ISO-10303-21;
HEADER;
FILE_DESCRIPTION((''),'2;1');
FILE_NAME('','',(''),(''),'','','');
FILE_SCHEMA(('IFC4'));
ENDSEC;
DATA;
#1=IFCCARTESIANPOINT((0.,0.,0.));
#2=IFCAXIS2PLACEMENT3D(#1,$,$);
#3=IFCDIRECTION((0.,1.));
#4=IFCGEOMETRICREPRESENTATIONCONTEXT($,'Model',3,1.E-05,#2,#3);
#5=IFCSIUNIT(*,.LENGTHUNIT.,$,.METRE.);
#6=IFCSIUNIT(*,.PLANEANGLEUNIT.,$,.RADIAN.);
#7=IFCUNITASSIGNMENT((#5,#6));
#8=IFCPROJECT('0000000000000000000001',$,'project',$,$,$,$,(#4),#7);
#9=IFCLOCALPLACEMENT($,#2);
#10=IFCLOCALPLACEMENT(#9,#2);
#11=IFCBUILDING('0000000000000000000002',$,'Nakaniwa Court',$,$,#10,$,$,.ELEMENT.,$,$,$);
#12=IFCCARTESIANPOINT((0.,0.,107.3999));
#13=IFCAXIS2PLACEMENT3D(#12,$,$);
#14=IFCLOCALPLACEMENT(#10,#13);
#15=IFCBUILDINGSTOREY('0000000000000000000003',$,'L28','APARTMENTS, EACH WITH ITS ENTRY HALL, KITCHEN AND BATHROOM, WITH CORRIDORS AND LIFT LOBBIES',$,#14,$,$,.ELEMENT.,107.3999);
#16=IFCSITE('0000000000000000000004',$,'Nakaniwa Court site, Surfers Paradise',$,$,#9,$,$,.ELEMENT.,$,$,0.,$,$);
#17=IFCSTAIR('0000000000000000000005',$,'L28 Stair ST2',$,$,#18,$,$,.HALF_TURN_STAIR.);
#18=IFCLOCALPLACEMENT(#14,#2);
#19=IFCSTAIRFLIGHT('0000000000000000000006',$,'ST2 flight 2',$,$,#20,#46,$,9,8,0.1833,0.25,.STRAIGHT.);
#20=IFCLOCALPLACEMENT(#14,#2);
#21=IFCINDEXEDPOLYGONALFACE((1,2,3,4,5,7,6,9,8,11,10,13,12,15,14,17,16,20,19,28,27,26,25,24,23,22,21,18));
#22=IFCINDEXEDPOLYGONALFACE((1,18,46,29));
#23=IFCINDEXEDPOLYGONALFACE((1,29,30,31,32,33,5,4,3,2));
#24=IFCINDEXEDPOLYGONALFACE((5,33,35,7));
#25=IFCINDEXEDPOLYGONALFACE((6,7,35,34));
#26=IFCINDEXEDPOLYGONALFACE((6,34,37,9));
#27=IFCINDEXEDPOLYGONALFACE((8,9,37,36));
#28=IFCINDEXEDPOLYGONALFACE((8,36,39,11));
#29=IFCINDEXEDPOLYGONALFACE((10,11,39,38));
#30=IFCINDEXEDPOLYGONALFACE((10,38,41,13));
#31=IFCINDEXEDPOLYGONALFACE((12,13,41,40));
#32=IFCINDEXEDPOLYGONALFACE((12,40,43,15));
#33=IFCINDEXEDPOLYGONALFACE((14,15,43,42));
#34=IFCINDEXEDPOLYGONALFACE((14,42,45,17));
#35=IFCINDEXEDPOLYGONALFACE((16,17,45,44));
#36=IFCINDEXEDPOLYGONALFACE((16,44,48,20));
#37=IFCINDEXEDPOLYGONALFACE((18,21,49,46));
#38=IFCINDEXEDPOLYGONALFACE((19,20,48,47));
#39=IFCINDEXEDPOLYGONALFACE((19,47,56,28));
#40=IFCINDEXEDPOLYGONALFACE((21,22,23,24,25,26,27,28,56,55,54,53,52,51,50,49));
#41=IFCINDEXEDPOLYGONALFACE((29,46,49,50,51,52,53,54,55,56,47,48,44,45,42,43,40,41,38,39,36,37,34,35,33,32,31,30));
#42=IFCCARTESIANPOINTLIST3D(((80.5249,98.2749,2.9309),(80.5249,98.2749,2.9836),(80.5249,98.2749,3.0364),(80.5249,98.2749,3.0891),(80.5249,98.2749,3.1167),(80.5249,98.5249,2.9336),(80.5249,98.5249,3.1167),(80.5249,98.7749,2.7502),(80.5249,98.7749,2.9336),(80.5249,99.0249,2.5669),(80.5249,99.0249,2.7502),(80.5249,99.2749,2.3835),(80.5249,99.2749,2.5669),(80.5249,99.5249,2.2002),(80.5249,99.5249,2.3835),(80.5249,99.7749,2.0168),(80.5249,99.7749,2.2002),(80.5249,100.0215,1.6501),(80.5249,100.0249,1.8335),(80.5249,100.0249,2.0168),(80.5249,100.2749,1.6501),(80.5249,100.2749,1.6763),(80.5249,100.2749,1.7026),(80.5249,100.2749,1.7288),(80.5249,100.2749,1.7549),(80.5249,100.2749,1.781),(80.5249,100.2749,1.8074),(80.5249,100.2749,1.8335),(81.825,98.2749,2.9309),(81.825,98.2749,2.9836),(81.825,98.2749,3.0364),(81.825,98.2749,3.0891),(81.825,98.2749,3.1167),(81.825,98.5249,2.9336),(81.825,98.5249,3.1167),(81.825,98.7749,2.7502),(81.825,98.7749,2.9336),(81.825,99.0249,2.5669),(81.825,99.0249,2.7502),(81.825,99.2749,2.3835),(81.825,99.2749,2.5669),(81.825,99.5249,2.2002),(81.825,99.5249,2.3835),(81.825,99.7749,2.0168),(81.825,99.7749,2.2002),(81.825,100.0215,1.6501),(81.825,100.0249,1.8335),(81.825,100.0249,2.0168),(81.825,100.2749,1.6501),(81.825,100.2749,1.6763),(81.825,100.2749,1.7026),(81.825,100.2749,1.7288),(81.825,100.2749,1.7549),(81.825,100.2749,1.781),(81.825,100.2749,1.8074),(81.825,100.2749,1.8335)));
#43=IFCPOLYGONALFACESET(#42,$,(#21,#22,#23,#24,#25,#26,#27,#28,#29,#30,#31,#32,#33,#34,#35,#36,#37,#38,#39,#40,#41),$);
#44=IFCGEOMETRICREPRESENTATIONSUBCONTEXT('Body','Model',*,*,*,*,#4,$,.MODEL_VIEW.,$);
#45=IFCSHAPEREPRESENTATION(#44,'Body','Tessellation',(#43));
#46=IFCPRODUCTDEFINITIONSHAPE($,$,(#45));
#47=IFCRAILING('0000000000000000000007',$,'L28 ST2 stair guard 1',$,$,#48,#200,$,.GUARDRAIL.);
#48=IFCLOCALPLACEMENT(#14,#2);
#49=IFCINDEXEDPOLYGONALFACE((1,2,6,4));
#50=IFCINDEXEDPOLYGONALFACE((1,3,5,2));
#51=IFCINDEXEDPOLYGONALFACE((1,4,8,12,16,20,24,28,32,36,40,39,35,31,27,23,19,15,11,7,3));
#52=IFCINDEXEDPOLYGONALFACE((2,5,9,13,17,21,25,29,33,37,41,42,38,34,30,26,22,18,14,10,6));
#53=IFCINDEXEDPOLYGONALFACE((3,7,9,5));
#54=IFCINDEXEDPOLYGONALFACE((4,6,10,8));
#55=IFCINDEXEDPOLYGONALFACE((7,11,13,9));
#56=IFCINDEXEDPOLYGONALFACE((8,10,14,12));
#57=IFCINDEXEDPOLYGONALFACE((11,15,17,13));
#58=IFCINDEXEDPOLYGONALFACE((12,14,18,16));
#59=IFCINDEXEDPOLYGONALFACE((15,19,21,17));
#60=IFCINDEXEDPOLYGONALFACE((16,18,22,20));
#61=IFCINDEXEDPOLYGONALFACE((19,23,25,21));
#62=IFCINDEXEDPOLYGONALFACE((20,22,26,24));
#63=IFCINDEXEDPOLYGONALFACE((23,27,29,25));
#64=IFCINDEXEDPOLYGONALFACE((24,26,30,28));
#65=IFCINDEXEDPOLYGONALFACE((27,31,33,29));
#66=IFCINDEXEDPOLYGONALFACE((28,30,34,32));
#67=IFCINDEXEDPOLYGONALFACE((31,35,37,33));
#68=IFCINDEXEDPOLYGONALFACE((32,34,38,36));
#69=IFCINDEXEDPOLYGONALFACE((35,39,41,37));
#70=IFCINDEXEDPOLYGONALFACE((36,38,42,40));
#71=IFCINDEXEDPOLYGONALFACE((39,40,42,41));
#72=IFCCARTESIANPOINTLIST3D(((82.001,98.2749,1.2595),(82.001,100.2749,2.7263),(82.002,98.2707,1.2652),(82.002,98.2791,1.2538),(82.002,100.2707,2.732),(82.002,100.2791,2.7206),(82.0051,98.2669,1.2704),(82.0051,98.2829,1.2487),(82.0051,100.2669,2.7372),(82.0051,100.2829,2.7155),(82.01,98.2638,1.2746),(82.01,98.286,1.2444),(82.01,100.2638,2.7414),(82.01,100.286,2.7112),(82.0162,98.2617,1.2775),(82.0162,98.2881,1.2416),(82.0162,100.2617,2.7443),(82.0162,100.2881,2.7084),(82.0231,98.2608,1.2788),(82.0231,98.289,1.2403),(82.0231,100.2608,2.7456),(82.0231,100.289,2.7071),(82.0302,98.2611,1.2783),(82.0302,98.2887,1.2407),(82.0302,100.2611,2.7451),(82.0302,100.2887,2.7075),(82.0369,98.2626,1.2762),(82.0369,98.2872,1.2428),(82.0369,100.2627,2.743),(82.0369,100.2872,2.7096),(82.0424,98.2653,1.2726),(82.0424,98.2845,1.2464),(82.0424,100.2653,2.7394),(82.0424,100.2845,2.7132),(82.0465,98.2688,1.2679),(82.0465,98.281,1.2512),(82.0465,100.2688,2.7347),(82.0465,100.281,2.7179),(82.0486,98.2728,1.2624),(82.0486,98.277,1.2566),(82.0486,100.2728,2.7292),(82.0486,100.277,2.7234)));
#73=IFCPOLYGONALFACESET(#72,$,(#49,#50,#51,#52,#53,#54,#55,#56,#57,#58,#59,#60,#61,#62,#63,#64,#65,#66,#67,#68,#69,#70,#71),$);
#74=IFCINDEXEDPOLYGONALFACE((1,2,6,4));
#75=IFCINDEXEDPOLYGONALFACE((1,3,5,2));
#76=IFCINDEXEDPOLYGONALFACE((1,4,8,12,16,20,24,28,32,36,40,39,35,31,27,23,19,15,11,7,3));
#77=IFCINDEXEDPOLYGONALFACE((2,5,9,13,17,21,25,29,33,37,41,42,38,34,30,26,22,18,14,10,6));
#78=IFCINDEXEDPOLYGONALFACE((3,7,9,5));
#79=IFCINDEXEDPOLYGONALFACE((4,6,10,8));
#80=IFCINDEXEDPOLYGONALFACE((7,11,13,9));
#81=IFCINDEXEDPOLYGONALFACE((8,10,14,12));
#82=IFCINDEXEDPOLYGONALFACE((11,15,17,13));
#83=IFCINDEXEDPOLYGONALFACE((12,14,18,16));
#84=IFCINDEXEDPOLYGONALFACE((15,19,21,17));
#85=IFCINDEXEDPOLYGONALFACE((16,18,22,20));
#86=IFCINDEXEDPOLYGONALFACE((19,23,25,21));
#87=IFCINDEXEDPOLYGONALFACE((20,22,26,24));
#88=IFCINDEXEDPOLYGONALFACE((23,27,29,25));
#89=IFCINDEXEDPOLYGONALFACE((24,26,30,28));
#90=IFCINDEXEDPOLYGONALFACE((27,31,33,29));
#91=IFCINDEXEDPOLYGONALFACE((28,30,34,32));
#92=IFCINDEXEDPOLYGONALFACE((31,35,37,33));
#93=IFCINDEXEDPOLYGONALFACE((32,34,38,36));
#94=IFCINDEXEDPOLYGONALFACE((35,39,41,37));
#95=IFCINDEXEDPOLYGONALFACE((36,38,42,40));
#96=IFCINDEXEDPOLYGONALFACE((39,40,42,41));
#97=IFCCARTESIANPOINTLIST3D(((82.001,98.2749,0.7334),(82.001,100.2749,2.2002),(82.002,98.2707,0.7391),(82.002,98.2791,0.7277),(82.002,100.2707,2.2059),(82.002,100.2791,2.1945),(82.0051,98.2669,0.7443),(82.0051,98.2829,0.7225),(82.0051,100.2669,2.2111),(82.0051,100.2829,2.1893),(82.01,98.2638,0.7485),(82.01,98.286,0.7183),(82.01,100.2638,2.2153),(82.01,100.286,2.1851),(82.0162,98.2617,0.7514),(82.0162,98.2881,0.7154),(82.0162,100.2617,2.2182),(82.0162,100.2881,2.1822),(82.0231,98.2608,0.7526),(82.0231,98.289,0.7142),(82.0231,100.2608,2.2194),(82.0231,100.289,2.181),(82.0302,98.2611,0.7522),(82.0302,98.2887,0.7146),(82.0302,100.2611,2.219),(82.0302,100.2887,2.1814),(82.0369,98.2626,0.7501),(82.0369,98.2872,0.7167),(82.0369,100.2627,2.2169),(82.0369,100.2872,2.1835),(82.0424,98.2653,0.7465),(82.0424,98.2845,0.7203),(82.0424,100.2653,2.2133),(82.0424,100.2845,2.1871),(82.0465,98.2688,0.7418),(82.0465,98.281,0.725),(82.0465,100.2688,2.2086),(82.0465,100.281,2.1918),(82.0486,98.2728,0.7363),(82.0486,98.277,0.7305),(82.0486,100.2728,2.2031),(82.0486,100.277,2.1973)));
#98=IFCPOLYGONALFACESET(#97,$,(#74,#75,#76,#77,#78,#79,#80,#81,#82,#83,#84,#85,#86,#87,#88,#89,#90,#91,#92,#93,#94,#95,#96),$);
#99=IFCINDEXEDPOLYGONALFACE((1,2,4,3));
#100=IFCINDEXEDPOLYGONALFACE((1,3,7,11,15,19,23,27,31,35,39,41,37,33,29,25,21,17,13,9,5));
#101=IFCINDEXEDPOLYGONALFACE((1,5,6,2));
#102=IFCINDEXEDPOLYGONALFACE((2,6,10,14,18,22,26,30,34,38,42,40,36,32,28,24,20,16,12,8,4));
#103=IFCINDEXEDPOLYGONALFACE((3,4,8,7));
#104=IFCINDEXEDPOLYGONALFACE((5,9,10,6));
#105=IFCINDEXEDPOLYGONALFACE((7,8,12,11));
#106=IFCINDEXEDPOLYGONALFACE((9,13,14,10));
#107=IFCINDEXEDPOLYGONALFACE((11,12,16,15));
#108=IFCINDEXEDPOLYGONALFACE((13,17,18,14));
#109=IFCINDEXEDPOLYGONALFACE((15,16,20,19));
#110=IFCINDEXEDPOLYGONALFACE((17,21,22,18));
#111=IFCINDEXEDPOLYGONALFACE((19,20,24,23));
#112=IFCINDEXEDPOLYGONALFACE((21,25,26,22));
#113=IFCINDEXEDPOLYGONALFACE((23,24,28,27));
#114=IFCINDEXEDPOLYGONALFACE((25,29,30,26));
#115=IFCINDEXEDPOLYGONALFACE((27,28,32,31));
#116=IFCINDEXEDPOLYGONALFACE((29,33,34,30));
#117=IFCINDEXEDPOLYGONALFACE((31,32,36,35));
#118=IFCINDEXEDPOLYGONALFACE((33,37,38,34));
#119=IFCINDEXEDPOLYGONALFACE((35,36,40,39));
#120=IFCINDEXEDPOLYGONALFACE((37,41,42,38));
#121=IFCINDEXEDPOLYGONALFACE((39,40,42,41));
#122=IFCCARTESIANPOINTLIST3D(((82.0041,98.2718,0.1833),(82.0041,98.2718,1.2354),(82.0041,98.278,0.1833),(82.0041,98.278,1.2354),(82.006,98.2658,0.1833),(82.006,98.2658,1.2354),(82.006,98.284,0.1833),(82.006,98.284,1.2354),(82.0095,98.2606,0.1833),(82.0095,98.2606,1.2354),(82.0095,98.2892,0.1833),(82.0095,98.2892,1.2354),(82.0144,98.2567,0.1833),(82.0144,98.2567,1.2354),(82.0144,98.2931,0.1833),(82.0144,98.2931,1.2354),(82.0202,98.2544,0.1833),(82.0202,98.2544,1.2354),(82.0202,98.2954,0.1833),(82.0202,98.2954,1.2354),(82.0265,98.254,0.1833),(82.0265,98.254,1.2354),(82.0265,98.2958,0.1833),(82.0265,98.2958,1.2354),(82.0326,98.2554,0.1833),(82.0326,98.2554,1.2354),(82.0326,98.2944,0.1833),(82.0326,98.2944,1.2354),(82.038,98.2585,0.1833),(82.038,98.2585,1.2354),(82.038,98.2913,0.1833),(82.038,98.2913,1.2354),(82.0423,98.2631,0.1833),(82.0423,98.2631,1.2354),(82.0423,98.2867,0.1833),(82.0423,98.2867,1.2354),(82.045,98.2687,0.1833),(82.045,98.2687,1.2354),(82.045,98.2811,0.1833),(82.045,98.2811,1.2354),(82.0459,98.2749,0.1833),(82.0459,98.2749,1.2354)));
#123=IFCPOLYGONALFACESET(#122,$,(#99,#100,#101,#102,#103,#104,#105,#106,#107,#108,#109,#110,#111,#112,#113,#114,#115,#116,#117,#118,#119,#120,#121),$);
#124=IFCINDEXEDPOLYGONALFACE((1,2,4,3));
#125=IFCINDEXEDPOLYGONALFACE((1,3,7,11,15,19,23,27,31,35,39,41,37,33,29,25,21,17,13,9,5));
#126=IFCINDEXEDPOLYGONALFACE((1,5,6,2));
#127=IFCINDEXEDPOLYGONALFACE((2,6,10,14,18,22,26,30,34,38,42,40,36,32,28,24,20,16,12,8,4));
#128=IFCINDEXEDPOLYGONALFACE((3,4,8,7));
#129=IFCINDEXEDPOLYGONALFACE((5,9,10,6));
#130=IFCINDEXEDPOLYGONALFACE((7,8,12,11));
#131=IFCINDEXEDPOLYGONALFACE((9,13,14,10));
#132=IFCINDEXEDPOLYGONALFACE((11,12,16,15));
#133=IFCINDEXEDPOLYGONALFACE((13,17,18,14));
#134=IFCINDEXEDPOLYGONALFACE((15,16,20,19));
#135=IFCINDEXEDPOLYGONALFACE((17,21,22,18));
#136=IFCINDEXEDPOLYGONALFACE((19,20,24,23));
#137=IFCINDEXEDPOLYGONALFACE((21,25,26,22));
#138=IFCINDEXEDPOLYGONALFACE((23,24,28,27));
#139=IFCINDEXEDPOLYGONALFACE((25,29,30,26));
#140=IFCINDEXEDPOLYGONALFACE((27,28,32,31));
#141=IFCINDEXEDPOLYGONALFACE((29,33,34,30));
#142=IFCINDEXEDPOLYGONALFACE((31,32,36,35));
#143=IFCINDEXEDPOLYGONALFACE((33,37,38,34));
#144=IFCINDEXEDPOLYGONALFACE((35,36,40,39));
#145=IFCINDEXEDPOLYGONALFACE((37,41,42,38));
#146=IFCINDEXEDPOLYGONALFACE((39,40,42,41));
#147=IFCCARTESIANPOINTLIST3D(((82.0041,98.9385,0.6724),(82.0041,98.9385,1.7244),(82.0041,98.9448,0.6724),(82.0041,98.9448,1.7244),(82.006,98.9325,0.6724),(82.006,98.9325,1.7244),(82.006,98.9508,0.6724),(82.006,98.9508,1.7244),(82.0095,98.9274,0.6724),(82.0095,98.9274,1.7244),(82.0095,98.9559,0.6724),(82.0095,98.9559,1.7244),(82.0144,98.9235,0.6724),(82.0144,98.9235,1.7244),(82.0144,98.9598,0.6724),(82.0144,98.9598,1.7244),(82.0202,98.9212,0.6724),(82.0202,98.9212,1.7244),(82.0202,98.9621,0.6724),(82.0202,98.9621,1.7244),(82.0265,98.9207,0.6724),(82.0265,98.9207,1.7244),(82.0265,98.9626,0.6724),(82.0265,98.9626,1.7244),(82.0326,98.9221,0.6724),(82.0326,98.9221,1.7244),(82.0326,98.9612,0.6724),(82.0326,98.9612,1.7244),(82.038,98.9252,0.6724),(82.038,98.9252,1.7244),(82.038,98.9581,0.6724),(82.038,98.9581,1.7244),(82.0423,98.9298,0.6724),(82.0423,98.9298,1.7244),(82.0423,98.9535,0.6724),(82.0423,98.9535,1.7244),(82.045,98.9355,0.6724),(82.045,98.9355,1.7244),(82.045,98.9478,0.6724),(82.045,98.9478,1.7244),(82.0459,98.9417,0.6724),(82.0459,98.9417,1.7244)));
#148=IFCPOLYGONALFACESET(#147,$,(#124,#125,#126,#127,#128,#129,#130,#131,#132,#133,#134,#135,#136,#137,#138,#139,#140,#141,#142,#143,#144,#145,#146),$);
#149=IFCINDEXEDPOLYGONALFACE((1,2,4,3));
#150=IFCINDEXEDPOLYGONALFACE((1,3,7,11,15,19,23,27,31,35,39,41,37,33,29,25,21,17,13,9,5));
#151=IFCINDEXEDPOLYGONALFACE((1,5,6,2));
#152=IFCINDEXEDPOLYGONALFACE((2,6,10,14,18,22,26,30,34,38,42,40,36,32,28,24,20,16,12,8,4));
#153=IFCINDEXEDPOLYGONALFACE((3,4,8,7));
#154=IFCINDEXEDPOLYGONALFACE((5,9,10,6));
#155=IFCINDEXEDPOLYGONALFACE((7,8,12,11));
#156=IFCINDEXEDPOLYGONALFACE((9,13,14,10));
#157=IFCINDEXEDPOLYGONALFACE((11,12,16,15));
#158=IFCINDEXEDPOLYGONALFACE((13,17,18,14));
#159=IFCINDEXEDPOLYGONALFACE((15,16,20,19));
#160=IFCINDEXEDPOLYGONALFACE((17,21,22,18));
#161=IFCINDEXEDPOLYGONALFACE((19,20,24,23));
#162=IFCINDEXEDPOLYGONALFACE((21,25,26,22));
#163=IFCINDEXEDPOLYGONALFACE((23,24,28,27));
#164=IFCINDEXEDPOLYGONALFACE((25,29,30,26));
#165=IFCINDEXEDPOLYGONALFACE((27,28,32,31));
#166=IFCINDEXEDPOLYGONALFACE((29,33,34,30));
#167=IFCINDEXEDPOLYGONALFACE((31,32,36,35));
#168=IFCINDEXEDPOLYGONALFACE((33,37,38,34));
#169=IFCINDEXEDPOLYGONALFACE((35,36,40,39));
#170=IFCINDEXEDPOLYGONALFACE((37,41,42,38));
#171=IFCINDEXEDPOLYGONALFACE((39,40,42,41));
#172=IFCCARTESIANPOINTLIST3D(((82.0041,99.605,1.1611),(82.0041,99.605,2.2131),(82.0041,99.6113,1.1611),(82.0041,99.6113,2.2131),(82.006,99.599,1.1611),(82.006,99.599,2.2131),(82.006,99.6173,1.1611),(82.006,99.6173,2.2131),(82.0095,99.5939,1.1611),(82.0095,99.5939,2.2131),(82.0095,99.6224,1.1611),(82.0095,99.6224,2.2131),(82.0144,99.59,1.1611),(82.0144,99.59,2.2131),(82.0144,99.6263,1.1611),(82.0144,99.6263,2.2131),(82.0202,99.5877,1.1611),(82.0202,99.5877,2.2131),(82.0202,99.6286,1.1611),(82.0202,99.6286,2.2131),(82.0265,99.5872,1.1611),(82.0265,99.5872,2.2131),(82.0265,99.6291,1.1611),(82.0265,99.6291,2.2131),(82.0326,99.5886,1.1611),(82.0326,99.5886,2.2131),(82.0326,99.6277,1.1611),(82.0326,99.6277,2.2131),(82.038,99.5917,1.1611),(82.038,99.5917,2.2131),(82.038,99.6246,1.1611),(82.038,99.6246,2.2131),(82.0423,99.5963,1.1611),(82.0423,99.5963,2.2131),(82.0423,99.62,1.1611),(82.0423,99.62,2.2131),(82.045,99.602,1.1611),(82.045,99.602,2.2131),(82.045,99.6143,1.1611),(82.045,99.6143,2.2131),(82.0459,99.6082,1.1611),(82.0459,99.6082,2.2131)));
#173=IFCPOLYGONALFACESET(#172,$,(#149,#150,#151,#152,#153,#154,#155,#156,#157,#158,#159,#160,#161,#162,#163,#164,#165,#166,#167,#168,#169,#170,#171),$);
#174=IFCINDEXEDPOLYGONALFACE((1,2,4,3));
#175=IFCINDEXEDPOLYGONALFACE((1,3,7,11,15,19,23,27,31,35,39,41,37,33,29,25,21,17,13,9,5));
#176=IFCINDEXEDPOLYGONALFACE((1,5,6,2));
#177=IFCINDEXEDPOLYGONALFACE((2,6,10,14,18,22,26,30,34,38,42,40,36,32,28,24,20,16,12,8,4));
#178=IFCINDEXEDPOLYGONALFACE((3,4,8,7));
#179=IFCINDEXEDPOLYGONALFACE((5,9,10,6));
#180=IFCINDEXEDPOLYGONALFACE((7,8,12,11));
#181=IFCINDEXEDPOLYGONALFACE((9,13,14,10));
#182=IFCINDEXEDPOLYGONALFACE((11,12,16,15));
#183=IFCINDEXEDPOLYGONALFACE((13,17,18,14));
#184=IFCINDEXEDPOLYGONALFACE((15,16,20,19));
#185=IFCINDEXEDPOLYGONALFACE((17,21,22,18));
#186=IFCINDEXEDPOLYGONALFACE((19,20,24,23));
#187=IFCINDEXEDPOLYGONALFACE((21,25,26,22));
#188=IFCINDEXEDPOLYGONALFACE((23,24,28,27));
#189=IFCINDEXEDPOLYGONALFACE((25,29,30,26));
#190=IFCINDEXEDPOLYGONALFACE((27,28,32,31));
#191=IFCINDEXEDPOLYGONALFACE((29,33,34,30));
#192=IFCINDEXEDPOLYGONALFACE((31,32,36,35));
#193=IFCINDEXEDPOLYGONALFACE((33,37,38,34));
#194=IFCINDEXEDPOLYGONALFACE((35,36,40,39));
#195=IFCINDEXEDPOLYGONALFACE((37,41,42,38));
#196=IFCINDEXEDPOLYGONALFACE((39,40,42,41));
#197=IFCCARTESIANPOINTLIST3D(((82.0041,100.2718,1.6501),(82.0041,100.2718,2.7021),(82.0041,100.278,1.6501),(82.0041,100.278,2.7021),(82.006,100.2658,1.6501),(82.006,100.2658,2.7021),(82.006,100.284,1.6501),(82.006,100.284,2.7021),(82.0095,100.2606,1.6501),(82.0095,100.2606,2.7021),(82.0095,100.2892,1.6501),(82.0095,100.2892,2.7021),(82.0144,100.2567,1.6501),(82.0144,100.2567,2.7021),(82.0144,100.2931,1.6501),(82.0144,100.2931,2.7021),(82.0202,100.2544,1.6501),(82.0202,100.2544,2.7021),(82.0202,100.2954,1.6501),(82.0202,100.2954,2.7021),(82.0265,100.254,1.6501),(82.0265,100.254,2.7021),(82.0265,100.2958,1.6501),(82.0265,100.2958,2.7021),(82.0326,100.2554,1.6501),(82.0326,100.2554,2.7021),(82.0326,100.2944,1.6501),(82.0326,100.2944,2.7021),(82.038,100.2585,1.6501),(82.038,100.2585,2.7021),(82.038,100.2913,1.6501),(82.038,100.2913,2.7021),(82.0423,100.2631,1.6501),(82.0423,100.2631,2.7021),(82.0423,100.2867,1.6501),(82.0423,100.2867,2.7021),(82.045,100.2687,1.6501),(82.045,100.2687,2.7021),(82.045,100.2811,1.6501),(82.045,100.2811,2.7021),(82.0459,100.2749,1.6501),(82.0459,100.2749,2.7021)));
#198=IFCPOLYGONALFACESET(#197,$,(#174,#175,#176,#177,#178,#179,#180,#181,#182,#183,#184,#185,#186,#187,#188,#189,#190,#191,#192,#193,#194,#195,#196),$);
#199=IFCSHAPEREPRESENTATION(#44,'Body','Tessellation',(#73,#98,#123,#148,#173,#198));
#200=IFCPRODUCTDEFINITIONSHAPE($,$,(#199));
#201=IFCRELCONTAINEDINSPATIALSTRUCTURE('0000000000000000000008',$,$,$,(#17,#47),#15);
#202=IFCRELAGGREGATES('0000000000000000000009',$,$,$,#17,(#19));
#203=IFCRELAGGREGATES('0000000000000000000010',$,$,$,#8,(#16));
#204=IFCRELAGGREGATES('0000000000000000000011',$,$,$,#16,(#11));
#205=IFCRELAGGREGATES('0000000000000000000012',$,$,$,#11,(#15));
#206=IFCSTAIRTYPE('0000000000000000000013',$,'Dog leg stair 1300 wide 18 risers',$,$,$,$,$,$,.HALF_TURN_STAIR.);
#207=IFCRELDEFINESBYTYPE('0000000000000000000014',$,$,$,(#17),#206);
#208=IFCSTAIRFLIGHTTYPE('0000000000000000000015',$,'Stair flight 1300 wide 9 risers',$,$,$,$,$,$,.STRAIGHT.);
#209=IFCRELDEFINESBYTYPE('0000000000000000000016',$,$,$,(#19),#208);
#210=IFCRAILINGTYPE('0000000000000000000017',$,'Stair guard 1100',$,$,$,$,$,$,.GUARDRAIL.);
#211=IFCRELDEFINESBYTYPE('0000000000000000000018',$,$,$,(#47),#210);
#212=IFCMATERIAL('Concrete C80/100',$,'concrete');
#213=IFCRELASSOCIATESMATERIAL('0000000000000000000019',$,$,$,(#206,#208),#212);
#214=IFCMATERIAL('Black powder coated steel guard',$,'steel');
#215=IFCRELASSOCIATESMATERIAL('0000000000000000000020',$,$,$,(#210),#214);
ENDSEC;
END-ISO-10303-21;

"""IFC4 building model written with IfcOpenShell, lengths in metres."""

from ifc_helpers import new_model, si_unit, direction, frame, origin, origin_2d, place, context, subcontext, project, spatial, polyline, circle, outline, extrude, material, type_object, element, aggregate, save


model = new_model("IFC4")

# Units and contexts
model_context = context("Model", 3, precision=1e-05, world=origin(), true_north=direction((0.0, 1.0)))
body_context = subcontext(model_context, "Body", "Model", "MODEL_VIEW")
ifc_project = project(units=[si_unit("LENGTHUNIT", "METRE"), si_unit("PLANEANGLEUNIT", "RADIAN")], contexts=[model_context])

# Site, building, storey
site_placement = place(None, origin())
site = spatial("IfcSite", under=ifc_project, at=site_placement, Name="Nakaniwa Court site, Surfers Paradise", CompositionType="ELEMENT", RefElevation=0.0)
building_placement = place(site_placement, origin())
building = spatial("IfcBuilding", under=site, at=building_placement, Name="Nakaniwa Court", CompositionType="ELEMENT")
storey_placement = place(building_placement, frame((0.0, 0.0, 107.3999)))
storey = spatial("IfcBuildingStorey", under=building, at=storey_placement, Name="L28", Description="APARTMENTS, EACH WITH ITS ENTRY HALL, KITCHEN AND BATHROOM, WITH CORRIDORS AND LIFT LOBBIES", CompositionType="ELEMENT", Elevation=107.3999)

# Shared definitions
ifc_material_1 = material(Name="Concrete C80/100", Category="concrete")

# Stair, stair flight
stair_type = type_object("IfcStairType", Name="Dog leg stair 1300 wide 18 risers", PredefinedType="HALF_TURN_STAIR", material=ifc_material_1)
stair_placement = place(storey_placement, origin())
stair = element("IfcStair", 1, at=stair_placement, inside=storey, type_object=stair_type, Name="L28 Stair ST2", PredefinedType="HALF_TURN_STAIR")
stair_flight_type = type_object("IfcStairFlightType", Name="Stair flight 1300 wide 9 risers", PredefinedType="STRAIGHT", material=ifc_material_1)
stair_flight_1_placement = place(storey_placement, frame((81.175, 100.2749, 1.6501), z_axis=(0.0, 0.0, 1.0), x_axis=(0.0, -1.0, 0.0)))
stair_flight_1 = element("IfcStairFlight", 2, at=stair_flight_1_placement, type_object=stair_flight_type, Name="ST2 flight 2", NumberOfRisers=9, NumberOfTreads=8, PredefinedType="STRAIGHT", RiserHeight=0.1833, TreadLength=0.25, context=body_context, shape_type="SweptSolid", body=[
    extrude(outline(polyline([(0.0, 0.0), (0.0, 0.0261), (0.0, 0.0525), (0.0, 0.0786), (0.0, 0.1047), (0.0, 0.1309), (0.0, 0.1572), (0.0, 0.1833), (0.25, 0.1833), (0.25, 0.3667), (0.5, 0.3667), (0.5, 0.55), (0.75, 0.55), (0.75, 0.7334), (1.0, 0.7334), (1.0, 0.9167), (1.25, 0.9167), (1.25, 1.1001), (1.5, 1.1001), (1.5, 1.2834), (1.75, 1.2834), (1.75, 1.4666), (2.0, 1.4666), (2.0, 1.6499), (2.0, 1.5972), (2.0, 1.5444), (2.0, 1.4917), (2.0, 1.439), (2.0, 1.3862), (2.0, 1.3335), (2.0, 1.2808), (0.2534, 0.0), (0.0, 0.0)])), frame((0.0, 0.6499, 0.0), z_axis=(0.0, -1.0, 0.0), x_axis=(1.0, 0.0, 0.0)), (0.0, 0.0, 1.0), 1.3),
])
aggregate(stair, [stair_flight_1])

# Railing
ifc_material_2 = material(Name="Black powder coated steel guard", Category="steel")
railing_type_1 = type_object("IfcRailingType", Name="Stair guard 1100", PredefinedType="GUARDRAIL", material=ifc_material_2)
railing_1_placement = place(storey_placement, frame((82.0249, 98.2749, 0.1833)))
element("IfcRailing", 3, at=railing_1_placement, inside=storey, type_object=railing_type_1, Name="L28 ST2 stair guard 1", PredefinedType="GUARDRAIL", context=body_context, shape_type="SweptSolid", body=[
    extrude(circle(Radius=0.0239, at=origin_2d()), frame((0.0, 0.0, 1.0762), z_axis=(0.0, 0.80638, 0.591398), x_axis=(-1.0, 0.0, 0.0)), (0.0, 0.0, 1.0), 2.4802),
    extrude(circle(Radius=0.0239, at=origin_2d()), frame((0.0, 0.0, 0.55), z_axis=(0.0, 0.80638, 0.591398), x_axis=(-1.0, 0.0, 0.0)), (0.0, 0.0, 1.0), 2.4802),
    extrude(circle(Radius=0.021, at=origin_2d()), origin(), (0.0, 0.0, 1.0), 1.052),
    extrude(circle(Radius=0.021, at=origin_2d()), frame((0.0, 0.6667, 0.489)), (0.0, 0.0, 1.0), 1.052),
    extrude(circle(Radius=0.021, at=origin_2d()), frame((0.0, 1.3333, 0.9778)), (0.0, 0.0, 1.0), 1.052),
    extrude(circle(Radius=0.021, at=origin_2d()), frame((0.0, 2.0, 1.4668)), (0.0, 0.0, 1.0), 1.052),
])

save(model, "model.ifc")
